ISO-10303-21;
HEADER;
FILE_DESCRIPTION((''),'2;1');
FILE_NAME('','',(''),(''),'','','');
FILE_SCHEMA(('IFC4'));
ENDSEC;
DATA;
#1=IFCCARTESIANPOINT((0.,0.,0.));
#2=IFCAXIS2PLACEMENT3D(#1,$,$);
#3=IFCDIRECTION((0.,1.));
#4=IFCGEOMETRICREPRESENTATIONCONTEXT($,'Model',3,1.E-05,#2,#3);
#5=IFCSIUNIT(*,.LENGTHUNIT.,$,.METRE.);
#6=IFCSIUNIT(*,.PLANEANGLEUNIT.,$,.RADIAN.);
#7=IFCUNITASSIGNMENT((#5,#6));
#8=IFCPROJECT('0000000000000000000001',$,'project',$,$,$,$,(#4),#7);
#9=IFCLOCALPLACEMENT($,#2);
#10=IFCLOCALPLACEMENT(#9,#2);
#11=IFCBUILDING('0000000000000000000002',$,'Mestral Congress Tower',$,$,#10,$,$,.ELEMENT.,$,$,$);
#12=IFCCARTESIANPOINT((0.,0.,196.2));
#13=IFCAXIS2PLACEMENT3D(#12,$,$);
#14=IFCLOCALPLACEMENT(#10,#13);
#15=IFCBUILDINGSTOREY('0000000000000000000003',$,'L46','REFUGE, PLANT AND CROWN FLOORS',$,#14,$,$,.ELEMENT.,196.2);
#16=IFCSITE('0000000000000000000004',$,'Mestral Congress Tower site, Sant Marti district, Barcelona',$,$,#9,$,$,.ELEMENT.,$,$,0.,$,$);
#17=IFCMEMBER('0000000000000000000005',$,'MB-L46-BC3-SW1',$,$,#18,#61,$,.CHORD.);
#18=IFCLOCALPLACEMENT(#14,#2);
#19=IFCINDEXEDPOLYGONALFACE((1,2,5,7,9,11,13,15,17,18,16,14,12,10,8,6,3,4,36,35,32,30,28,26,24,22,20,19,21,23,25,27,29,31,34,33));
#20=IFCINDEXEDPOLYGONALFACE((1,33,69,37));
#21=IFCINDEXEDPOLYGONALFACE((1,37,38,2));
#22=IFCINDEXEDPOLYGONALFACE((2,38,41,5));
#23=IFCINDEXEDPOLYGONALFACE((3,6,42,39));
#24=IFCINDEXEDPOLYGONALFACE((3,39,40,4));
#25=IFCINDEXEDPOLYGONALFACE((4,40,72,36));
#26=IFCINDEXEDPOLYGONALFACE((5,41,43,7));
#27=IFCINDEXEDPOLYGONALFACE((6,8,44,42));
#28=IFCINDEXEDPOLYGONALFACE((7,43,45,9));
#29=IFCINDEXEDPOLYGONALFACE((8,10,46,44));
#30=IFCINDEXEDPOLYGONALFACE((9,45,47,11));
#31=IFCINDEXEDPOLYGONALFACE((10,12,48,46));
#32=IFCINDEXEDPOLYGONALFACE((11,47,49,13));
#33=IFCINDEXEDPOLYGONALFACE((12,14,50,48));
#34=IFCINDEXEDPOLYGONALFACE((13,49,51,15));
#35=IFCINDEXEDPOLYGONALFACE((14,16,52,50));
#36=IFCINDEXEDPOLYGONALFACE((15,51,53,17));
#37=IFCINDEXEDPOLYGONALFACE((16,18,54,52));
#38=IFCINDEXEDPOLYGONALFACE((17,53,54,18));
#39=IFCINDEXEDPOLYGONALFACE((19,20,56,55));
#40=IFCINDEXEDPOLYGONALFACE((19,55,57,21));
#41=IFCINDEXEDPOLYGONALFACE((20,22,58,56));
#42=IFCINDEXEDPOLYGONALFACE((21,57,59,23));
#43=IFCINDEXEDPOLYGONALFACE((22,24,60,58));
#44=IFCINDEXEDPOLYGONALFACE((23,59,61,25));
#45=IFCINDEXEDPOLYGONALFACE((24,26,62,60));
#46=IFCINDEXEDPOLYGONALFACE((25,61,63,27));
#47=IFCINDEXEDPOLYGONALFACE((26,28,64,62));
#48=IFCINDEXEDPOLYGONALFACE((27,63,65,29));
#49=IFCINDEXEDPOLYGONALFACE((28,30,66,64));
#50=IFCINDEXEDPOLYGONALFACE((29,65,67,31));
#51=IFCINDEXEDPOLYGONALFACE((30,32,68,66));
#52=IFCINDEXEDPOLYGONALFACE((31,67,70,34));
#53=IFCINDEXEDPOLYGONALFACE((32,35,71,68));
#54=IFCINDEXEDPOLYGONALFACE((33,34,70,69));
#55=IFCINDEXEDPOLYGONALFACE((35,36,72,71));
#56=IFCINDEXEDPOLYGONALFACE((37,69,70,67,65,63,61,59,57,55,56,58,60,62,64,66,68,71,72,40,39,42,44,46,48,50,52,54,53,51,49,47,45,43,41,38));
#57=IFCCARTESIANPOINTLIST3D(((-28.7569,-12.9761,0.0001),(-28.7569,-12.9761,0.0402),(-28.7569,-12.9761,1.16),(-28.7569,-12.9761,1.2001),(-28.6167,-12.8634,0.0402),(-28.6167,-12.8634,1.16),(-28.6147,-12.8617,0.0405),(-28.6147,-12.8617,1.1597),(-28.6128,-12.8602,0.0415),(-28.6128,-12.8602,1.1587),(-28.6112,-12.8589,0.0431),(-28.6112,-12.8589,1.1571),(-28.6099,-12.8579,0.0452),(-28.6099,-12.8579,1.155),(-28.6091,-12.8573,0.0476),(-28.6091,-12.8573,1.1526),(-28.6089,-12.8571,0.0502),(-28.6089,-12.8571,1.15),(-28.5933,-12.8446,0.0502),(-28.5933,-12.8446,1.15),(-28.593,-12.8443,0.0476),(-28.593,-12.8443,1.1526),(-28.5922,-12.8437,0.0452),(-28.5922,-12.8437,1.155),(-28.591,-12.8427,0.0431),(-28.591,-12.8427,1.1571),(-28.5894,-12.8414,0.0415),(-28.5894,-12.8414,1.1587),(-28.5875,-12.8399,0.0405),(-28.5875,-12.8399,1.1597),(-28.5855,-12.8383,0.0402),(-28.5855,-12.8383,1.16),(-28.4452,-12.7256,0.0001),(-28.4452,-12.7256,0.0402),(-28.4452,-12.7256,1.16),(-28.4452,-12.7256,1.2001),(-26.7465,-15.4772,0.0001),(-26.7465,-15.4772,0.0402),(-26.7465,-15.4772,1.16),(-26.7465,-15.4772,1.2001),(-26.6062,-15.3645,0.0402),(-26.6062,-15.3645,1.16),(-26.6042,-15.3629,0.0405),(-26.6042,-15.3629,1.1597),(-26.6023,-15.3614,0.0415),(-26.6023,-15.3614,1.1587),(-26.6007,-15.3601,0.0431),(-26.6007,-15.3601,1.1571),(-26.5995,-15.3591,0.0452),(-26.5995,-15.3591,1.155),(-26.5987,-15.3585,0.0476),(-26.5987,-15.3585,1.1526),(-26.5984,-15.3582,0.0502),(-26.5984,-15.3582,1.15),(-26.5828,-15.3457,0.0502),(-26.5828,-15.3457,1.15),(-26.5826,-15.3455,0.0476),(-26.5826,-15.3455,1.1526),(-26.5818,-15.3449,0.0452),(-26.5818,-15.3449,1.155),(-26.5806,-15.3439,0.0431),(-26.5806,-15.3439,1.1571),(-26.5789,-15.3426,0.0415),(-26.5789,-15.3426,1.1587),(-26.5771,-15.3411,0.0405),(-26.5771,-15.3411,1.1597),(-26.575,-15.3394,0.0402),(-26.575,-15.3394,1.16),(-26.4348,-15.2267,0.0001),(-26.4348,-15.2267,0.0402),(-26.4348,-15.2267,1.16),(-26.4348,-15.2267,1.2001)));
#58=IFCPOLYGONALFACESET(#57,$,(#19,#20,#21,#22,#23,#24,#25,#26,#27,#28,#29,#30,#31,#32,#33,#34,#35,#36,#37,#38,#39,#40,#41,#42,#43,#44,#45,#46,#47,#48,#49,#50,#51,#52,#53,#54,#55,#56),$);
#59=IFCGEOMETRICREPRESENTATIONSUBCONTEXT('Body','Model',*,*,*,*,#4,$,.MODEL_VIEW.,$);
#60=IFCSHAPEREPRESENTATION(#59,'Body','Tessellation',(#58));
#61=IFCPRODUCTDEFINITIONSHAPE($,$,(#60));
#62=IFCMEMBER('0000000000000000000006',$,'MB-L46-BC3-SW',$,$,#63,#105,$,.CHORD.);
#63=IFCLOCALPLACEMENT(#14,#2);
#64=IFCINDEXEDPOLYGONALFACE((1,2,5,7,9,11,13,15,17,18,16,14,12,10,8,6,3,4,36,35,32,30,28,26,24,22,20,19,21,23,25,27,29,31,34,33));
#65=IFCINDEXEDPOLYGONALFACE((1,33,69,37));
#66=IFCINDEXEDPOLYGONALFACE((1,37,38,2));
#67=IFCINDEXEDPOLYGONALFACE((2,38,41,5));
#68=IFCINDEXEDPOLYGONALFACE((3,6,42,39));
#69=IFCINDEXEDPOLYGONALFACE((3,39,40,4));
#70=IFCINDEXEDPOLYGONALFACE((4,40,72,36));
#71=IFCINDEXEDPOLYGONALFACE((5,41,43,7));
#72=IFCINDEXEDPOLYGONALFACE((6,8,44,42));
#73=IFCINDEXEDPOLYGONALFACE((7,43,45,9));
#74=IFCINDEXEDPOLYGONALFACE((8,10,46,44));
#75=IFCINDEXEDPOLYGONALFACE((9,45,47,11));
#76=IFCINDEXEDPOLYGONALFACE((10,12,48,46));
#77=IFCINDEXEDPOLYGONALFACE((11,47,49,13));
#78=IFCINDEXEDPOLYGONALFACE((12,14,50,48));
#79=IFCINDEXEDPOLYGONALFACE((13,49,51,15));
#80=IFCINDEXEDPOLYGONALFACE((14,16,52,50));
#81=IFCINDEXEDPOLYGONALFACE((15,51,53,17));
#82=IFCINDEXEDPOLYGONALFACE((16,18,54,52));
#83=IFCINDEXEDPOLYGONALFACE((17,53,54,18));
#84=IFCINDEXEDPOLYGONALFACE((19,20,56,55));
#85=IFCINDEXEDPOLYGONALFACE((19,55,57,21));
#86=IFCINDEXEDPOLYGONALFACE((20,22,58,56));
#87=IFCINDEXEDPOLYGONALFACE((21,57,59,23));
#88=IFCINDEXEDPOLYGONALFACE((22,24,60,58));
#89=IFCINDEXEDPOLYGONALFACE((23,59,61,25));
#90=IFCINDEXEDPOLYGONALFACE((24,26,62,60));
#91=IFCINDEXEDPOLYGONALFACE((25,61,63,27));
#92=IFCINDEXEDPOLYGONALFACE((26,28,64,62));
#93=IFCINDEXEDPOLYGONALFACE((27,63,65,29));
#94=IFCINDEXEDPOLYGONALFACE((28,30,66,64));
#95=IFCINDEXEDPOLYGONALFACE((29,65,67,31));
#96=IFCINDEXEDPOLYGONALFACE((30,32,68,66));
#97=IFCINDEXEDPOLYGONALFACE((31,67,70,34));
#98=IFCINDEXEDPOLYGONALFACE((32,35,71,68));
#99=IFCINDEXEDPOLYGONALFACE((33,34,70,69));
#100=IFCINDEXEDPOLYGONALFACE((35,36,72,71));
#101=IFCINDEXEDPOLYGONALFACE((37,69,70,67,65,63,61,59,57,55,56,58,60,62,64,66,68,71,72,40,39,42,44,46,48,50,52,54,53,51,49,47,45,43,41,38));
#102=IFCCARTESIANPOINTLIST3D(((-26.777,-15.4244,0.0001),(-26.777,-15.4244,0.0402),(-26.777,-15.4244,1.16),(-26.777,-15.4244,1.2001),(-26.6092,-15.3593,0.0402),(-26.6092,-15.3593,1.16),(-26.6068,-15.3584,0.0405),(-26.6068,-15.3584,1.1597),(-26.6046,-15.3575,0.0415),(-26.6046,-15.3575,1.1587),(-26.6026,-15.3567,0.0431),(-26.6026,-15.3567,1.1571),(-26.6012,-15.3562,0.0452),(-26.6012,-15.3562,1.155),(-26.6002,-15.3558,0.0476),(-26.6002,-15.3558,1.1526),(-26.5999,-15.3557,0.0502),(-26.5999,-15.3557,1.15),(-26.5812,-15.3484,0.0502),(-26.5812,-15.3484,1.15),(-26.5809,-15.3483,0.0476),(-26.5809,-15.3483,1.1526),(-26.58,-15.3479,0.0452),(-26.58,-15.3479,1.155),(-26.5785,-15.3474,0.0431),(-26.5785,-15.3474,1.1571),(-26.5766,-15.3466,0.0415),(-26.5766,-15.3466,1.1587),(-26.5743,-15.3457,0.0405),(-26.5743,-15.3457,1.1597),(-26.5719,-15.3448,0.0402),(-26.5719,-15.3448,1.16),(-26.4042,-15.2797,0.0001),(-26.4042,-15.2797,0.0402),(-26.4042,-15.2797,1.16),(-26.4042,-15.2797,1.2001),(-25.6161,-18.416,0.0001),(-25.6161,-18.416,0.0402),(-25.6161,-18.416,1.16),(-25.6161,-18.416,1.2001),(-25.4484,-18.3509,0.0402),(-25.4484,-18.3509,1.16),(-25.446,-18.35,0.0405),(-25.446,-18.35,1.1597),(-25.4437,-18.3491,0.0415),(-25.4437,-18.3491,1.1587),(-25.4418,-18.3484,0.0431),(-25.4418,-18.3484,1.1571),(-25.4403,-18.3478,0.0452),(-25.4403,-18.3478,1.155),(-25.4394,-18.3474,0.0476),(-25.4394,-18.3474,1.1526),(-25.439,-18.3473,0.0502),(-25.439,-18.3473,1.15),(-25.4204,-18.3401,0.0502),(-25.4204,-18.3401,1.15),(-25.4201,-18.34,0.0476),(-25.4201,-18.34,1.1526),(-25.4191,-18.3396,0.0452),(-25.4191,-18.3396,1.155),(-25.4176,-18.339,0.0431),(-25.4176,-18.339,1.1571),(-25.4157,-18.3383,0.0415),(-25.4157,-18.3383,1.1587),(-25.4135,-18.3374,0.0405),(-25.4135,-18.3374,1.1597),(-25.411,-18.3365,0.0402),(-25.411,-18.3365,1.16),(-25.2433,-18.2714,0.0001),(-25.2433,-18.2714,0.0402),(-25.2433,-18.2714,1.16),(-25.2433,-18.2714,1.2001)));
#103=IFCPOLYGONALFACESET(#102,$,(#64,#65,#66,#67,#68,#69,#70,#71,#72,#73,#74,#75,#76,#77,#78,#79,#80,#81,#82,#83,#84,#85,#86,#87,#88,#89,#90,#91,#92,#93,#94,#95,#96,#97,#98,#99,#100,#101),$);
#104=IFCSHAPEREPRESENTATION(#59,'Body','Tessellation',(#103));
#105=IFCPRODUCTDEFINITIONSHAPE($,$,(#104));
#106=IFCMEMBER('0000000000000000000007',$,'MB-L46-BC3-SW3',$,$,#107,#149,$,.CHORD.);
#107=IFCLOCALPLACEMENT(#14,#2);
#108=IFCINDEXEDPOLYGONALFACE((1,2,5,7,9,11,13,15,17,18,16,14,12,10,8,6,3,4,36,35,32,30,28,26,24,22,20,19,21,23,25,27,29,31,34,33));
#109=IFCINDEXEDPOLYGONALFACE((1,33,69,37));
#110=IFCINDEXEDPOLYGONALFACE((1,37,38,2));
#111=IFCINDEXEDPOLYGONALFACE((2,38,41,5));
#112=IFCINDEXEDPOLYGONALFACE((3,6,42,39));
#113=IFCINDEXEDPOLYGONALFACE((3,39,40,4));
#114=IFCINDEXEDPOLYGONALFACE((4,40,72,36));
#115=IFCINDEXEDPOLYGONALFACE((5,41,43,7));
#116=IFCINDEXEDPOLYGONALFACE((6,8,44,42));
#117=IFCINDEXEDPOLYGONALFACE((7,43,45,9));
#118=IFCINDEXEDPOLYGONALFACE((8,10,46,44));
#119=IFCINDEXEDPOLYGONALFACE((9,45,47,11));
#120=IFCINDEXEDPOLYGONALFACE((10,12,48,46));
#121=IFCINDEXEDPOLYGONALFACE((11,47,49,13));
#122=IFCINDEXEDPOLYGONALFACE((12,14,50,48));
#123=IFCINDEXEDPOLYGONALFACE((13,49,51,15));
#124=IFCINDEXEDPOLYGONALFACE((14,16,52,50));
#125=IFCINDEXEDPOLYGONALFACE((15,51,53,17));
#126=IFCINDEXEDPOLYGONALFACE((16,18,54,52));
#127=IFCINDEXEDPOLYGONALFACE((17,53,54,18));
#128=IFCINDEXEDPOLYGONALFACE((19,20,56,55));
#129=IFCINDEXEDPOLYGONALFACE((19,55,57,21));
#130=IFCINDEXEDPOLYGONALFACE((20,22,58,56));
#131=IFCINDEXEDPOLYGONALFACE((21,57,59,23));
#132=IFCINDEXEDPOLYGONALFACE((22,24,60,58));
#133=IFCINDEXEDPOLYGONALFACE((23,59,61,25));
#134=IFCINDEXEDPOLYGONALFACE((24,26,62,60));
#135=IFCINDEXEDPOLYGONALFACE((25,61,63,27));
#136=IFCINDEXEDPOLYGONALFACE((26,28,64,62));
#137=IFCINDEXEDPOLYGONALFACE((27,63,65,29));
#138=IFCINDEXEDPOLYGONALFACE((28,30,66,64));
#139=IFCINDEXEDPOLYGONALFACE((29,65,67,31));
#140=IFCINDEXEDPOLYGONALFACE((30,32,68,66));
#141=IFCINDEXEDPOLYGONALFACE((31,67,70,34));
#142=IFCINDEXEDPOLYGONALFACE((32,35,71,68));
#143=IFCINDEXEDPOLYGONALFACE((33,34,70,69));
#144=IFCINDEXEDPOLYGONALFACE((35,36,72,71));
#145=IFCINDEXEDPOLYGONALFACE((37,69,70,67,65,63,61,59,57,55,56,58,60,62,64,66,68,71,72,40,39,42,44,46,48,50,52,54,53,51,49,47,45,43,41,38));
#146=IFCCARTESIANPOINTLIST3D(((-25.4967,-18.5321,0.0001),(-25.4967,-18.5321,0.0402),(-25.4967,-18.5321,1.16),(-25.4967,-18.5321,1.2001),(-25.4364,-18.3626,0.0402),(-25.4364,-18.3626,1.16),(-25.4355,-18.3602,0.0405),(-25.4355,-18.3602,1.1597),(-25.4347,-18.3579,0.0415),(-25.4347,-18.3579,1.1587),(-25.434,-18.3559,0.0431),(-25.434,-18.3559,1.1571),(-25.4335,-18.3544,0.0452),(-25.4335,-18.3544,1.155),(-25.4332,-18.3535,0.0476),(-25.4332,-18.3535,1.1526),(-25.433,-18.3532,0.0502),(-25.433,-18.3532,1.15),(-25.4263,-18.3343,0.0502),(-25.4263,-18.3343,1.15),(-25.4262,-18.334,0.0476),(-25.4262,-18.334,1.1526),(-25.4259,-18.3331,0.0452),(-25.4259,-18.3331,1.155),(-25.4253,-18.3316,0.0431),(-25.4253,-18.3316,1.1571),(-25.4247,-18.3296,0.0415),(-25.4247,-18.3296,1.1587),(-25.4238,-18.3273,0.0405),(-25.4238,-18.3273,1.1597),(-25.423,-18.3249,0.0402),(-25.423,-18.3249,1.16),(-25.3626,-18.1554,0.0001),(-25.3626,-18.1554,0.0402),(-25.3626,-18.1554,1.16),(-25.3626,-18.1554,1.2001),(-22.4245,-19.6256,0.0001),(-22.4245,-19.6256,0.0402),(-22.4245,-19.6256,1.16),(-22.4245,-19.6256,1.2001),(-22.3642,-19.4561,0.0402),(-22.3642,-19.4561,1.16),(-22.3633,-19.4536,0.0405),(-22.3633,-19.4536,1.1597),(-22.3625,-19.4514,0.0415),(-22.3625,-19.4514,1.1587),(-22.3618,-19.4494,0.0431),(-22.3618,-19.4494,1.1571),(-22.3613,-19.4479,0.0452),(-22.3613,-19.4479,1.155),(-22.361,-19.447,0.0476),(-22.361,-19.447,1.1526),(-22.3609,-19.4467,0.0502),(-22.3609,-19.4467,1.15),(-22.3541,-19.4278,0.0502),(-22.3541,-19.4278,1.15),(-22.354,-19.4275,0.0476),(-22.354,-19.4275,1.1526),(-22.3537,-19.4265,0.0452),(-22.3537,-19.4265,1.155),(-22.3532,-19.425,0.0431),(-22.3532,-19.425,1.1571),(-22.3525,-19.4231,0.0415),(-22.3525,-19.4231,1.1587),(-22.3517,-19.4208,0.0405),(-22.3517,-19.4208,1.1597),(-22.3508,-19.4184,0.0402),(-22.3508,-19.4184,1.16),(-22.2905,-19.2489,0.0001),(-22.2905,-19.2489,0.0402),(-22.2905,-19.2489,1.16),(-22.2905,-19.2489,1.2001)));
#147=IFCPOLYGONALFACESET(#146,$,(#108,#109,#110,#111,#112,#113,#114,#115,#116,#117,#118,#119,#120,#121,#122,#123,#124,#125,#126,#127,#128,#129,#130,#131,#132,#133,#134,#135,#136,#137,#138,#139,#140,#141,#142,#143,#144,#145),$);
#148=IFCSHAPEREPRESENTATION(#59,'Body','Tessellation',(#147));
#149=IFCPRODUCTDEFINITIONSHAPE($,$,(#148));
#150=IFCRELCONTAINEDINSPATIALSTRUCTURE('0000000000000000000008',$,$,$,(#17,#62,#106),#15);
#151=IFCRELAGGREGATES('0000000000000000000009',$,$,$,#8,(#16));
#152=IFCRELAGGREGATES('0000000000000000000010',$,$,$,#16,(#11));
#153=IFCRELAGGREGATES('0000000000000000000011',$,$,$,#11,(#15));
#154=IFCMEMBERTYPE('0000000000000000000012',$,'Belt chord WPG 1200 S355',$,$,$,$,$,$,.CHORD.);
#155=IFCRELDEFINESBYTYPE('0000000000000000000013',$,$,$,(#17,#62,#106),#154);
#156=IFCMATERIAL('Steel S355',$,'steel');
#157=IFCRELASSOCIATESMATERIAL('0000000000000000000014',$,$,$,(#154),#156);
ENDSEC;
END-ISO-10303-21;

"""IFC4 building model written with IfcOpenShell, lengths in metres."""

from ifc_helpers import new_model, si_unit, direction, frame, origin, origin_2d, place, context, subcontext, project, spatial, i_section, extrude, material, material_profile, profile_set, type_object, element, save


model = new_model("IFC4")

# Units and contexts
model_context = context("Model", 3, precision=1e-05, world=origin(), true_north=direction((0.0, 1.0)))
body_context = subcontext(model_context, "Body", "Model", "MODEL_VIEW")
ifc_project = project(units=[si_unit("LENGTHUNIT", "METRE"), si_unit("PLANEANGLEUNIT", "RADIAN")], contexts=[model_context])

# Site, building, storey
site_placement = place(None, origin())
site = spatial("IfcSite", under=ifc_project, at=site_placement, Name="Mestral Congress Tower site, Sant Marti district, Barcelona", CompositionType="ELEMENT", RefElevation=0.0)
building_placement = place(site_placement, origin())
building = spatial("IfcBuilding", under=site, at=building_placement, Name="Mestral Congress Tower", CompositionType="ELEMENT")
storey_placement = place(building_placement, frame((0.0, 0.0, 196.2)))
storey = spatial("IfcBuildingStorey", under=building, at=storey_placement, Name="L46", Description="REFUGE, PLANT AND CROWN FLOORS", CompositionType="ELEMENT", Elevation=196.2)

# Members
ifc_material_1 = material(Name="Steel S355", Category="steel")
ifc_material_profile_1 = material_profile(ifc_material_1, i_section(OverallWidth=0.3999, OverallDepth=1.2, WebThickness=0.02, FlangeThickness=0.04, FilletRadius=0.01, at=origin_2d()), Name="WPG 1200")
ifc_profile_set_1 = profile_set([ifc_material_profile_1], Name="Steel S355")
member_type_1 = type_object("IfcMemberType", Name="Belt chord WPG 1200 S355", PredefinedType="CHORD", material=ifc_profile_set_1)
for number, where, z_axis, x_axis, name in (
    (1, (-28.6011, -12.8508, 0.6001), (0.626503, -0.779419, 0.0), (0.779419, 0.626503, 0.0), "MB-L46-BC3-SW1"),
    (2, (-26.5906, -15.3521, 0.6001), (0.361756, -0.932273, 0.0), (0.932273, 0.361756, 0.0), "MB-L46-BC3-SW"),
):
    element("IfcMember", number, at=place(storey_placement, frame(where, z_axis=z_axis, x_axis=x_axis)), inside=storey, type_object=member_type_1, Name=name, PredefinedType="CHORD", context=body_context, shape_type="SweptSolid", body=[
        extrude(i_section(OverallWidth=0.3999, OverallDepth=1.2, WebThickness=0.02, FlangeThickness=0.04, FilletRadius=0.01, at=origin_2d()), origin(), (0.0, 0.0, 1.0), 3.209),
    ])
member_1_placement = place(storey_placement, frame((-25.4297, -18.3438, 0.6001), z_axis=(0.942104, -0.335321, 0.0), x_axis=(0.335321, 0.942104, 0.0)))
element("IfcMember", 3, at=member_1_placement, inside=storey, type_object=member_type_1, Name="MB-L46-BC3-SW3", PredefinedType="CHORD", context=body_context, shape_type="SweptSolid", body=[
    extrude(i_section(OverallWidth=0.3999, OverallDepth=1.2, WebThickness=0.02, FlangeThickness=0.04, FilletRadius=0.01, at=origin_2d()), origin(), (0.0, 0.0, 1.0), 3.261),
])

save(model, "model.ifc")
